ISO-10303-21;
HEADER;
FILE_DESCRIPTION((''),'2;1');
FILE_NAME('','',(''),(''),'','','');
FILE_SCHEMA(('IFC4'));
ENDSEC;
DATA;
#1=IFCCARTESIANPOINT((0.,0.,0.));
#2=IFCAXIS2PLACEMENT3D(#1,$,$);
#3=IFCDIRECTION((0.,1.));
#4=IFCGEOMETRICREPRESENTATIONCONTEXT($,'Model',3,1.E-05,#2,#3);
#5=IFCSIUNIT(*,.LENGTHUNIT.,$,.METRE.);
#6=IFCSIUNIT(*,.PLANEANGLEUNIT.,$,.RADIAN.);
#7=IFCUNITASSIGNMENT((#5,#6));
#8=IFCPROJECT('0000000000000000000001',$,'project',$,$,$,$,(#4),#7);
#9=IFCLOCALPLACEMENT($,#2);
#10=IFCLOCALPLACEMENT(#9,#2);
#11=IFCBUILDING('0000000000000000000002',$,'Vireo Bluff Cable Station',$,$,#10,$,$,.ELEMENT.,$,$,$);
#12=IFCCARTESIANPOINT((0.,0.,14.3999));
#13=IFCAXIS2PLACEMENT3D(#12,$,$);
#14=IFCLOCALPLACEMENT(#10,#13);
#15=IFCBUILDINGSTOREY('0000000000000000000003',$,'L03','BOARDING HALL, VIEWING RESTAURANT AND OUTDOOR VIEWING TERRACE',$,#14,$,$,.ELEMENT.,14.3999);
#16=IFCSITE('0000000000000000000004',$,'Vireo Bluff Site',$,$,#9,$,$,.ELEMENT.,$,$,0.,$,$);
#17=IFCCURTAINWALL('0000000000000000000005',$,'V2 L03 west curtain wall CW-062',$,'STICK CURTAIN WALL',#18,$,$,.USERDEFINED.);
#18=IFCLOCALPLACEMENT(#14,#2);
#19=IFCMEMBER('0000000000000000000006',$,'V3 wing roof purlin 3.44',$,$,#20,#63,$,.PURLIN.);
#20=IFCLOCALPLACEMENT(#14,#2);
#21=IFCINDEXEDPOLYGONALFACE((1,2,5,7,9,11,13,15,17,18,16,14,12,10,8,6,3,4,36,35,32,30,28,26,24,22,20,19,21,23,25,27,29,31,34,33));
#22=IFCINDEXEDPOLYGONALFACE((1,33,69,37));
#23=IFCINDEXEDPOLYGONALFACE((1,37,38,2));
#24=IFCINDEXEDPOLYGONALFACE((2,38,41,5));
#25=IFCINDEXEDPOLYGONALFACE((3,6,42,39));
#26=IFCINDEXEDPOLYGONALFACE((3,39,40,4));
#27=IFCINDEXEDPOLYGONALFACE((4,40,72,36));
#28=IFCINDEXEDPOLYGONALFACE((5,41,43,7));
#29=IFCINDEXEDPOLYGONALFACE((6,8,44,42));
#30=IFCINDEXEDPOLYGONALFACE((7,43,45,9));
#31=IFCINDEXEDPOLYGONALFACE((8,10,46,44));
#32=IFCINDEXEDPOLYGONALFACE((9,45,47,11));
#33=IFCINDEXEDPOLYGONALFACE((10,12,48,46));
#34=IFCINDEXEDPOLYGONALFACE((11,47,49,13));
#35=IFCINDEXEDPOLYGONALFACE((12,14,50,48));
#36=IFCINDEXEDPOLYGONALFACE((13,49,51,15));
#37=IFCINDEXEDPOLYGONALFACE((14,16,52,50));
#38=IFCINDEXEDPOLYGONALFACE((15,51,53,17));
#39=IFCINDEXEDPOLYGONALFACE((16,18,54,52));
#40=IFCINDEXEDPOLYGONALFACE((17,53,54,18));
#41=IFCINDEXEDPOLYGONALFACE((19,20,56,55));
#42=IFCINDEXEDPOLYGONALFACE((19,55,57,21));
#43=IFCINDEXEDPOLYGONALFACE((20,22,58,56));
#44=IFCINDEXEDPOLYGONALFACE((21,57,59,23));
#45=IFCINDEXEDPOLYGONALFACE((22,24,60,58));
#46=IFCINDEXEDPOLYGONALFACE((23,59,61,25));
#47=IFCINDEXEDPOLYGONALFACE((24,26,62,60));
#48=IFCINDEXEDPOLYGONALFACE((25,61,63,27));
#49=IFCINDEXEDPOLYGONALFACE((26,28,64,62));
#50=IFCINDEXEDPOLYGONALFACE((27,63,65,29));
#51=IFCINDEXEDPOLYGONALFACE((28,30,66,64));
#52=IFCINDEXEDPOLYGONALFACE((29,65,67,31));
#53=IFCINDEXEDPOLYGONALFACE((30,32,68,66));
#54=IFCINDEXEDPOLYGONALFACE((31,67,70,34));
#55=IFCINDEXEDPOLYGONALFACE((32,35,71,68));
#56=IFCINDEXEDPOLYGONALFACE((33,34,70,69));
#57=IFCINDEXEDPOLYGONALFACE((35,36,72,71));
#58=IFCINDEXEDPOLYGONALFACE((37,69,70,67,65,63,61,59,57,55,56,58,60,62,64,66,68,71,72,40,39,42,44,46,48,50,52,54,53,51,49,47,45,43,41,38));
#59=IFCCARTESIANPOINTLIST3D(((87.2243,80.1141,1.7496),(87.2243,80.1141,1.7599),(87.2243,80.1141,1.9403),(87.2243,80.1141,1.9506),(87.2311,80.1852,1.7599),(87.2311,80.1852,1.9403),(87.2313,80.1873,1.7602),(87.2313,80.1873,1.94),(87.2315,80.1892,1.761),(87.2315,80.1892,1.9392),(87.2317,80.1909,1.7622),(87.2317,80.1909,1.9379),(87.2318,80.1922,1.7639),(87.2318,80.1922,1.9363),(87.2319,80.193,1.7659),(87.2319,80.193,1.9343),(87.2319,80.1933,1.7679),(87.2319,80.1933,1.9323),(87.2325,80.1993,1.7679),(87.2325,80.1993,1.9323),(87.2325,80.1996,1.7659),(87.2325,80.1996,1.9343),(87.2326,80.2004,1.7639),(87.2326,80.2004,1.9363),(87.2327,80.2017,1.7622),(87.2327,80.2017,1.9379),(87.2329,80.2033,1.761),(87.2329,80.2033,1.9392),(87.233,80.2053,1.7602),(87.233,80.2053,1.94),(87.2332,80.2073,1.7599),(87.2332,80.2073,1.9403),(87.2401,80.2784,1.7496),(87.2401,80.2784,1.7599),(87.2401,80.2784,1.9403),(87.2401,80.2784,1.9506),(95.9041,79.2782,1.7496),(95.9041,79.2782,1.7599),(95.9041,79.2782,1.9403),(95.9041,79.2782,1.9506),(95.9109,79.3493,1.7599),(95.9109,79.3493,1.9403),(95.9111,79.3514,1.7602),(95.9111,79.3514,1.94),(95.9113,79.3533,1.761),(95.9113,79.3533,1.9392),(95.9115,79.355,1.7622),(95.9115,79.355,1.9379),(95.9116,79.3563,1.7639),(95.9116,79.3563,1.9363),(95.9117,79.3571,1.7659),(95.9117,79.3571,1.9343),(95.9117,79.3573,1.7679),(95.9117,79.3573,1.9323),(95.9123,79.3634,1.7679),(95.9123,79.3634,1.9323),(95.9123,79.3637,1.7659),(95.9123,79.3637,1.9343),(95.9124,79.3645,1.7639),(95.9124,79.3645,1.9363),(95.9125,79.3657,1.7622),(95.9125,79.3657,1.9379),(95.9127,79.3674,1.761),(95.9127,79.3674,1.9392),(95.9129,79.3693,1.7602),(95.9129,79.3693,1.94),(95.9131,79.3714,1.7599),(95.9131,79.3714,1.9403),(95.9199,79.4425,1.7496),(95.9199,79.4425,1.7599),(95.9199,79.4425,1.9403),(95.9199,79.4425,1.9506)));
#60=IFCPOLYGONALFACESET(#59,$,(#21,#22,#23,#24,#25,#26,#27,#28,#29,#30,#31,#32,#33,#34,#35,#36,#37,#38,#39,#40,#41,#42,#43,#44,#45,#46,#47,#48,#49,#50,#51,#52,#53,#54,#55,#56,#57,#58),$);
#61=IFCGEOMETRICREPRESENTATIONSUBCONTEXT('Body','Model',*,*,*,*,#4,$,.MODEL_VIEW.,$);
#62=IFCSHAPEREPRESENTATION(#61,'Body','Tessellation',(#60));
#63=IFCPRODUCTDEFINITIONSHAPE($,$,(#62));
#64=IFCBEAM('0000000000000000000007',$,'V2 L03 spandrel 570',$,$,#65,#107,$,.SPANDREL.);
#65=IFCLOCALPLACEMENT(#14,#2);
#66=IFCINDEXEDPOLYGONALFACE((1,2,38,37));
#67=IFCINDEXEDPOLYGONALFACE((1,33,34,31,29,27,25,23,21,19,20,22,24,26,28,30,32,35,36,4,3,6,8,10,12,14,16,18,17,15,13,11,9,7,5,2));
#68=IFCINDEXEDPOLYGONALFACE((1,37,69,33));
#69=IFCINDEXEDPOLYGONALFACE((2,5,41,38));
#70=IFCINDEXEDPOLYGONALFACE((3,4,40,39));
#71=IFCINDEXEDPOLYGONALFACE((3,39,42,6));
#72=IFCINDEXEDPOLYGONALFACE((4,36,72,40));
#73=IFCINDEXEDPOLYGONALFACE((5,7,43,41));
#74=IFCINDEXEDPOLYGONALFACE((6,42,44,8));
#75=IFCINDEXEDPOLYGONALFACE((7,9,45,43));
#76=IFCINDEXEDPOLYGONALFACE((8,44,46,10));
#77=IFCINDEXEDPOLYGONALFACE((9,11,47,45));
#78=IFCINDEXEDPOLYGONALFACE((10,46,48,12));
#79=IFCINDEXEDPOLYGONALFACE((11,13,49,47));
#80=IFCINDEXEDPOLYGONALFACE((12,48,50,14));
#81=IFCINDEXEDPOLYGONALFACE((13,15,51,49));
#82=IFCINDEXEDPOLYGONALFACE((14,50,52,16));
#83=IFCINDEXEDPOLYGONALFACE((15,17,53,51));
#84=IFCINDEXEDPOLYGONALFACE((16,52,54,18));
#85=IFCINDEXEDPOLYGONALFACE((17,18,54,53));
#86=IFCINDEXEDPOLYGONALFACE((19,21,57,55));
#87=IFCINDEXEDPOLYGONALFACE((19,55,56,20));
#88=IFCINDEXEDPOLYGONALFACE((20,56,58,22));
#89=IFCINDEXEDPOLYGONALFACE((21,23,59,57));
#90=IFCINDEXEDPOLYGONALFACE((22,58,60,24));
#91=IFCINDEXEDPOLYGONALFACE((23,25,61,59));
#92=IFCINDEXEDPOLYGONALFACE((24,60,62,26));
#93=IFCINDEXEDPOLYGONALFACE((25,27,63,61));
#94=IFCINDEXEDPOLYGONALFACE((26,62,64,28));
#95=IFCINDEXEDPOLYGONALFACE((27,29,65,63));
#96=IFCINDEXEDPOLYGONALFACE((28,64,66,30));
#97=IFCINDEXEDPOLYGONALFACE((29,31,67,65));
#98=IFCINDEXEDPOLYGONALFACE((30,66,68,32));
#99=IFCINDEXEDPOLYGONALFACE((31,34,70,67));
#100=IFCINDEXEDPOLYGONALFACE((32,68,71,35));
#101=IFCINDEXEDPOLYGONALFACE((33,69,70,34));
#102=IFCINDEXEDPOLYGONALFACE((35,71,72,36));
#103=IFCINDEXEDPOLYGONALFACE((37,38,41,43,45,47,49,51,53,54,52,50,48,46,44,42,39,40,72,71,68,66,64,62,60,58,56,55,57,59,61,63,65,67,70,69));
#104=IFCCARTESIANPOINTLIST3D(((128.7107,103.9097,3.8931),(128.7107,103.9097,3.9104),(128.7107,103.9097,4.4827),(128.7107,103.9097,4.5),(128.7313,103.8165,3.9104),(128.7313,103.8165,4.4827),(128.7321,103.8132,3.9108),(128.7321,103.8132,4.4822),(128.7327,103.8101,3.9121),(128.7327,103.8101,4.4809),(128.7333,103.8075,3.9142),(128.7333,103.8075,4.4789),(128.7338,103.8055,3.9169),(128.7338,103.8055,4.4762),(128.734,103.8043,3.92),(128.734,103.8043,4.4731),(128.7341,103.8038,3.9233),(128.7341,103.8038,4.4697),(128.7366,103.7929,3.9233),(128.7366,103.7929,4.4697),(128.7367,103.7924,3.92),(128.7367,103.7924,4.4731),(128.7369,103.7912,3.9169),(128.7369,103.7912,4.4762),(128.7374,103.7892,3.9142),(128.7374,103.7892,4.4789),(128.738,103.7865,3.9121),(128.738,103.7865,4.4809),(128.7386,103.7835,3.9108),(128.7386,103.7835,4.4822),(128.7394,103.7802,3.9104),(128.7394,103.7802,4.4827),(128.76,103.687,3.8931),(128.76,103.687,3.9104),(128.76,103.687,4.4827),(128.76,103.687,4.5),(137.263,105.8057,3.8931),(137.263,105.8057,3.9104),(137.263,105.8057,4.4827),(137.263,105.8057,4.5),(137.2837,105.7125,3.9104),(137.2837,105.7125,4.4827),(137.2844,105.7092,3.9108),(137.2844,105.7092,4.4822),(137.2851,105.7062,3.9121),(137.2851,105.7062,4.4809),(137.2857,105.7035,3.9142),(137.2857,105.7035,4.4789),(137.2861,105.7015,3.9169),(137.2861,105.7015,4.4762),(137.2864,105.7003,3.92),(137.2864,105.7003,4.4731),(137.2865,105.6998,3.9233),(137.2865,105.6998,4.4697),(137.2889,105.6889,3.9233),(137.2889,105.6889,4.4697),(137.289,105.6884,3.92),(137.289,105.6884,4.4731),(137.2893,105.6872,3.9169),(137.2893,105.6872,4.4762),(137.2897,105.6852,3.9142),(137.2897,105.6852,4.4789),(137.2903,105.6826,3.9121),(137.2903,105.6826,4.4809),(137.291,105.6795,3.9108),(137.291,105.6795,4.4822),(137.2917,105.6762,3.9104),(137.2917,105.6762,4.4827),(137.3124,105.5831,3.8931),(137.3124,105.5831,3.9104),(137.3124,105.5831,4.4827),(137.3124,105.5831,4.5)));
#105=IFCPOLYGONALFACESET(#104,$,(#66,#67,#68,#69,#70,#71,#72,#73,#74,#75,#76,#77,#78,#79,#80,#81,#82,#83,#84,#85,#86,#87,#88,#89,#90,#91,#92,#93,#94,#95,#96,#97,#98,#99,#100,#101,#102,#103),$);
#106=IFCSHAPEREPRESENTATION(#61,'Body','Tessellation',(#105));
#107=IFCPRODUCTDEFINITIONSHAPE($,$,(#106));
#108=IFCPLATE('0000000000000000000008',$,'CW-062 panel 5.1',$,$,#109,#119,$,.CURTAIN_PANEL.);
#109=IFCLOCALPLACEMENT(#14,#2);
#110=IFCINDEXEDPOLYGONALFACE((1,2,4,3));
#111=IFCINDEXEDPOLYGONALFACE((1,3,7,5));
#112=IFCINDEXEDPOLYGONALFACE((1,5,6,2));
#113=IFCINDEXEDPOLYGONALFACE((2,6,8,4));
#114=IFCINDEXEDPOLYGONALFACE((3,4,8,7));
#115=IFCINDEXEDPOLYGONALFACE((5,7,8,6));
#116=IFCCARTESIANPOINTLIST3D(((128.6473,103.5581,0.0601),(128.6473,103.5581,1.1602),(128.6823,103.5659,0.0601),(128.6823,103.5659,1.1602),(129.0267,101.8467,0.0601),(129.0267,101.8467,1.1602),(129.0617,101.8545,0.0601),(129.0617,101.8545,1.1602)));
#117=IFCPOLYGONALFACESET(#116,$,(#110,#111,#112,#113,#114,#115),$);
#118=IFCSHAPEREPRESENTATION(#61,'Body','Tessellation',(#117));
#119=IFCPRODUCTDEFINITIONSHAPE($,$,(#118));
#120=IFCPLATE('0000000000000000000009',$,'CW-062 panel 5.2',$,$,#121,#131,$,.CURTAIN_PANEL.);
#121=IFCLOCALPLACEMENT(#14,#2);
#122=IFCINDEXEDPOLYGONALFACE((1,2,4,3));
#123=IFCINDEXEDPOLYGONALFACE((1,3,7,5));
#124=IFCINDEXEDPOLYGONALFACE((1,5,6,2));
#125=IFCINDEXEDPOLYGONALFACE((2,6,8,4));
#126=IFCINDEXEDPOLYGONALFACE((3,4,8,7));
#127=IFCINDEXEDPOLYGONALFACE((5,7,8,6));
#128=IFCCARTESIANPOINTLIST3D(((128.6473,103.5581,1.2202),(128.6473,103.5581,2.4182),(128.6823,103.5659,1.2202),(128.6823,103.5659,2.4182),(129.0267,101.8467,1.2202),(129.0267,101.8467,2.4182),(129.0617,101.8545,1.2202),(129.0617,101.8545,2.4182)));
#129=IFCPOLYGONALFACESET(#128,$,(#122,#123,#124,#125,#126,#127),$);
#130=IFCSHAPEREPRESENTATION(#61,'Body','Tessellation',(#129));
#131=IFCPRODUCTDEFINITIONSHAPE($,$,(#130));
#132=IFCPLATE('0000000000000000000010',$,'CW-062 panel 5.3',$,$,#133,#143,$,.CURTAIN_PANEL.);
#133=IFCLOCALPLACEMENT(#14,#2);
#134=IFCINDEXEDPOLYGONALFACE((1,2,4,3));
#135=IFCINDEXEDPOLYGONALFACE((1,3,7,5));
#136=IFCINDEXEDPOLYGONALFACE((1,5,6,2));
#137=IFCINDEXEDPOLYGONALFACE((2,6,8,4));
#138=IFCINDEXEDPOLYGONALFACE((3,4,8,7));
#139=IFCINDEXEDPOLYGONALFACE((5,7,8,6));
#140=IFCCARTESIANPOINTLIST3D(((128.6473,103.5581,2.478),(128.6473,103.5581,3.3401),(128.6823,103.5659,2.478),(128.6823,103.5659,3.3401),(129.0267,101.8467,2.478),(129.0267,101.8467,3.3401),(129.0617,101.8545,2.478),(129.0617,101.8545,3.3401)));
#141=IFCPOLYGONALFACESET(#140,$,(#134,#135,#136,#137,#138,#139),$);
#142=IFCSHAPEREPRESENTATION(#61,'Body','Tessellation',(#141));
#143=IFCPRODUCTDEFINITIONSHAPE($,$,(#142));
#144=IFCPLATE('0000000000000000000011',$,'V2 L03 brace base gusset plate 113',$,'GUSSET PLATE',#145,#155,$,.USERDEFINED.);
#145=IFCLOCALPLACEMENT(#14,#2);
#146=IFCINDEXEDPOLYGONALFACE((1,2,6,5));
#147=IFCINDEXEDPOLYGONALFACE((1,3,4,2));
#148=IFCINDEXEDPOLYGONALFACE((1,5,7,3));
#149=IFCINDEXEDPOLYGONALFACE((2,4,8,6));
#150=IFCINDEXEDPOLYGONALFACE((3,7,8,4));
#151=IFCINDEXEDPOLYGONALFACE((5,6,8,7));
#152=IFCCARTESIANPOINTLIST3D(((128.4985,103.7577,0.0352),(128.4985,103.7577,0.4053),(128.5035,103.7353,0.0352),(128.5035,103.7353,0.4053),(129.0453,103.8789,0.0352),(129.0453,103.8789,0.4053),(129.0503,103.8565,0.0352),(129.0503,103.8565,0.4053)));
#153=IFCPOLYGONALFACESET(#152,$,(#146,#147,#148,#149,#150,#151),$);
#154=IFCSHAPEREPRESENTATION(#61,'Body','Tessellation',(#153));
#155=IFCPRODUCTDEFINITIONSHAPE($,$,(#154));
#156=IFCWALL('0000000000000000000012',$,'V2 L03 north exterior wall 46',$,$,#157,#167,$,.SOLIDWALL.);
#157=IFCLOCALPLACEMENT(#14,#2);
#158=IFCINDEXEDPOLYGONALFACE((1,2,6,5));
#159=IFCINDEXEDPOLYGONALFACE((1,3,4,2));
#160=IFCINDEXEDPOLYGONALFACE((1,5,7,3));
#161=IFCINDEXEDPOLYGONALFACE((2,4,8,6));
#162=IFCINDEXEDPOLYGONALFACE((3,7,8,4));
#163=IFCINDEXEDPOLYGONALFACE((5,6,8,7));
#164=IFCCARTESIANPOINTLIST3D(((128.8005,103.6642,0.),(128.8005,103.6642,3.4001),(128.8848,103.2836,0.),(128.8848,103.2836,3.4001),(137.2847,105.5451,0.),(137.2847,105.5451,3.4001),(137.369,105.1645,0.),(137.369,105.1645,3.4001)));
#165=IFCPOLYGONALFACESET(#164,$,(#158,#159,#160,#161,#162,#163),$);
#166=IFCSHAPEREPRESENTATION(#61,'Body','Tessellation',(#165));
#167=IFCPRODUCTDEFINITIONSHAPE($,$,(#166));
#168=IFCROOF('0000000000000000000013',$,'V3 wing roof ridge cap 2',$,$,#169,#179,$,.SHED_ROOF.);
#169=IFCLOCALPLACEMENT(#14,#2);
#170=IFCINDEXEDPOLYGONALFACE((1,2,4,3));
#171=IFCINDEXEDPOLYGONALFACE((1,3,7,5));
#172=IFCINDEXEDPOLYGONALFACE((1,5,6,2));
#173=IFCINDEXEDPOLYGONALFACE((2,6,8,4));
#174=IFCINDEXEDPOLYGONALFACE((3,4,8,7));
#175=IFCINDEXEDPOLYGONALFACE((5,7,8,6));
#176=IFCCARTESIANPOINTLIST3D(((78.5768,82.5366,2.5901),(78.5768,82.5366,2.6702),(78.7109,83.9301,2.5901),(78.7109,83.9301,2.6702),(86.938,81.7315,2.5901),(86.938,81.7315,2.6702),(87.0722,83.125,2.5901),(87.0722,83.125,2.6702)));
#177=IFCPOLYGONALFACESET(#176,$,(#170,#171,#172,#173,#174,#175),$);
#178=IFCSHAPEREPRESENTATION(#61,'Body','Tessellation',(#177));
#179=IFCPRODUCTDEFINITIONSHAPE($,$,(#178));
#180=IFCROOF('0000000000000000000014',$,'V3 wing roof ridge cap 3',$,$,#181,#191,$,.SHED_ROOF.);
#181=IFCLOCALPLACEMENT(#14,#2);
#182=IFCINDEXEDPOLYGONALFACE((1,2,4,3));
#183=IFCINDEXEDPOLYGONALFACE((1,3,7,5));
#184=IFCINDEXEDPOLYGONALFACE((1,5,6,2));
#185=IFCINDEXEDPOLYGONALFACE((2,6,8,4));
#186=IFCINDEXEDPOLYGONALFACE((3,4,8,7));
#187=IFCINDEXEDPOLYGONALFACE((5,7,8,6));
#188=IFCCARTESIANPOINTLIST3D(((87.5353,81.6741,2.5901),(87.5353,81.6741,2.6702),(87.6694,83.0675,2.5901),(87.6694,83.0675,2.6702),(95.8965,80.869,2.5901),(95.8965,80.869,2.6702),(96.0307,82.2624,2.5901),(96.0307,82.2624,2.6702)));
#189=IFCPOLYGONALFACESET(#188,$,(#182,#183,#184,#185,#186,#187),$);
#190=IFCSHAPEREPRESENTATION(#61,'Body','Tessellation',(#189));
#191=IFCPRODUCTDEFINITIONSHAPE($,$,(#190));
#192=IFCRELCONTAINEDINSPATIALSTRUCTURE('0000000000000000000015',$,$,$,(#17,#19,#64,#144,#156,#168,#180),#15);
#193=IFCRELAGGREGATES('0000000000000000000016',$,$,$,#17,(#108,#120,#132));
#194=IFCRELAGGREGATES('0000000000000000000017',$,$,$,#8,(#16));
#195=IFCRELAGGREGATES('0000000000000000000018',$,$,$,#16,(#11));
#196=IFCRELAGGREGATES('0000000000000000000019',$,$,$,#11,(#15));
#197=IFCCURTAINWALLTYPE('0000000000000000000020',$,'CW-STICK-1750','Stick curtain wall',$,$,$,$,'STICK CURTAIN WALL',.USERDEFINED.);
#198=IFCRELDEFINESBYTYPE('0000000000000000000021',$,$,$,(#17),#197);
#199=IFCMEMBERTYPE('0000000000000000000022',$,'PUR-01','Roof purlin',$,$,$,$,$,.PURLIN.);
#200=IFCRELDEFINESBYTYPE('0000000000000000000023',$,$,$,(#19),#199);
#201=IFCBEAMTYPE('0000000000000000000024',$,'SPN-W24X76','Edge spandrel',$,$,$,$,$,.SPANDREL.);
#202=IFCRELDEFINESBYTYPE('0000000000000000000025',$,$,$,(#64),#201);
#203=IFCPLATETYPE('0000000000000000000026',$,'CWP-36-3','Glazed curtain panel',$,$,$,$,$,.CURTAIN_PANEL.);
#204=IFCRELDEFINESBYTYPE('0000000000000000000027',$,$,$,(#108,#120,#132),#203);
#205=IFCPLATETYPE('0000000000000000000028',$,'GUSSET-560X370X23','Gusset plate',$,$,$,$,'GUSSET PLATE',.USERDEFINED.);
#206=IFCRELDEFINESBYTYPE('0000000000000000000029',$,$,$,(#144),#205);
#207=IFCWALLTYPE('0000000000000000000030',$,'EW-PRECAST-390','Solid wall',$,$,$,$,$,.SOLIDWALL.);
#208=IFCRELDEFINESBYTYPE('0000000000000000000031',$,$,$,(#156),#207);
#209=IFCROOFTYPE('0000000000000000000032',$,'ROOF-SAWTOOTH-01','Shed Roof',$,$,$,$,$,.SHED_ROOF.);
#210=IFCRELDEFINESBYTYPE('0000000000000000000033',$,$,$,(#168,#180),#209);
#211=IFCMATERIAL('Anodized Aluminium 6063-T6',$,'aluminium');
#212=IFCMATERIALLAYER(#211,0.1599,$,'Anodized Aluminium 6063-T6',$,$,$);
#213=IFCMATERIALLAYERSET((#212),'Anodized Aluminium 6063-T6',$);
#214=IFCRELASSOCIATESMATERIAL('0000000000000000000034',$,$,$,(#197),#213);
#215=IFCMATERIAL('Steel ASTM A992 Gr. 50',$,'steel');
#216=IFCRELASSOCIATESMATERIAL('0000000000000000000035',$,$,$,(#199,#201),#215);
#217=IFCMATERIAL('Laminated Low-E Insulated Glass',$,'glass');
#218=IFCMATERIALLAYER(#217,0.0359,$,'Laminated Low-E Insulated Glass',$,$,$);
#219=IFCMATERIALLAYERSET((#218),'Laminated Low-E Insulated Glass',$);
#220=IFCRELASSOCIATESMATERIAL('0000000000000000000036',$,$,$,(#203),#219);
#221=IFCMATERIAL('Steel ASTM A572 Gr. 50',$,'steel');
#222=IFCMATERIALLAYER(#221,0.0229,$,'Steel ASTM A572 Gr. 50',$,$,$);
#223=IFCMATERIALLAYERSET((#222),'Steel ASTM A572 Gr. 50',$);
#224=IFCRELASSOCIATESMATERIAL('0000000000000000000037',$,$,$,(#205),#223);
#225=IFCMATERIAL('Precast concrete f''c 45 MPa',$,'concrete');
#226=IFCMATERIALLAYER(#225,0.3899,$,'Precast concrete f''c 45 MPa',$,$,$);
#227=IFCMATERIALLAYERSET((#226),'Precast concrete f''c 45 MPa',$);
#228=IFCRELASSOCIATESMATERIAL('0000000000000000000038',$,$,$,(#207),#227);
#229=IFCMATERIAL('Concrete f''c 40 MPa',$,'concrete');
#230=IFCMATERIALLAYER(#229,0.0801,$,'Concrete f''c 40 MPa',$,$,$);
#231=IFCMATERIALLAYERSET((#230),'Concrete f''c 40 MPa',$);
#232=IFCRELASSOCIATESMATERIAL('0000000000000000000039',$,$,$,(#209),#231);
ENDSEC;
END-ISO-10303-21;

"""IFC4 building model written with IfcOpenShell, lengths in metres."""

from ifc_helpers import new_model, si_unit, direction, frame, frame_2d, origin, origin_2d, place, context, subcontext, project, spatial, rectangle, i_section, extrude, material, layer, layer_set, material_profile, profile_set, type_object, element, aggregate, save


model = new_model("IFC4")

# Units and contexts
model_context = context("Model", 3, precision=1e-05, world=origin(), true_north=direction((0.0, 1.0)))
body_context = subcontext(model_context, "Body", "Model", "MODEL_VIEW")
ifc_project = project(units=[si_unit("LENGTHUNIT", "METRE"), si_unit("PLANEANGLEUNIT", "RADIAN")], contexts=[model_context])

# Site, building, storey
site_placement = place(None, origin())
site = spatial("IfcSite", under=ifc_project, at=site_placement, Name="Vireo Bluff Site", CompositionType="ELEMENT", RefElevation=0.0)
building_placement = place(site_placement, origin())
building = spatial("IfcBuilding", under=site, at=building_placement, Name="Vireo Bluff Cable Station", CompositionType="ELEMENT")
storey_placement = place(building_placement, frame((0.0, 0.0, 14.3999)))
storey = spatial("IfcBuildingStorey", under=building, at=storey_placement, Name="L03", Description="BOARDING HALL, VIEWING RESTAURANT AND OUTDOOR VIEWING TERRACE", CompositionType="ELEMENT", Elevation=14.3999)

# Shared definitions
ifc_material_1 = material(Name="Steel ASTM A992 Gr. 50", Category="steel")

# Curtain wall
ifc_material_2 = material(Name="Anodized Aluminium 6063-T6", Category="aluminium")
ifc_layer_1 = layer(ifc_material_2, 0.1599, Name="Anodized Aluminium 6063-T6")
ifc_layer_set_1 = layer_set([ifc_layer_1], Name="Anodized Aluminium 6063-T6")
curtain_wall_type = type_object("IfcCurtainWallType", Name="CW-STICK-1750", Description="Stick curtain wall", ElementType="STICK CURTAIN WALL", PredefinedType="USERDEFINED", material=ifc_layer_set_1)
curtain_wall_placement = place(storey_placement, origin())
curtain_wall = element("IfcCurtainWall", 1, at=curtain_wall_placement, inside=storey, type_object=curtain_wall_type, Name="V2 L03 west curtain wall CW-062", ObjectType="STICK CURTAIN WALL", PredefinedType="USERDEFINED")

# Member
ifc_material_profile_1 = material_profile(ifc_material_1, i_section(OverallWidth=0.165, OverallDepth=0.2009, WebThickness=0.0061, FlangeThickness=0.0103, FilletRadius=0.0081, at=origin_2d()), Name="W8X24")
ifc_profile_set_1 = profile_set([ifc_material_profile_1], Name="Steel ASTM A992 Gr. 50")
member_type_1 = type_object("IfcMemberType", Name="PUR-01", Description="Roof purlin", PredefinedType="PURLIN", material=ifc_profile_set_1)
member_1_placement = place(storey_placement, frame((87.2322, 80.1963, 1.8501), z_axis=(0.995395, -0.095863, 0.0), x_axis=(0.095863, 0.995395, 0.0)))
element("IfcMember", 2, at=member_1_placement, inside=storey, type_object=member_type_1, Name="V3 wing roof purlin 3.44", PredefinedType="PURLIN", context=body_context, shape_type="SweptSolid", body=[
    extrude(i_section(OverallWidth=0.165, OverallDepth=0.2009, WebThickness=0.0061, FlangeThickness=0.0103, FilletRadius=0.0081, at=origin_2d()), origin(), (0.0, 0.0, 1.0), 8.72),
])

# Beam
ifc_material_profile_2 = material_profile(ifc_material_1, i_section(OverallWidth=0.228, OverallDepth=0.6069, WebThickness=0.0112, FlangeThickness=0.0173, FilletRadius=0.0129, at=origin_2d()), Name="W24X76")
ifc_profile_set_2 = profile_set([ifc_material_profile_2], Name="Steel ASTM A992 Gr. 50")
beam_type_1 = type_object("IfcBeamType", Name="SPN-W24X76", Description="Edge spandrel", PredefinedType="SPANDREL", material=ifc_profile_set_2)
beam_1_placement = place(storey_placement, frame((128.7354, 103.7983, 4.1965), z_axis=(0.976296, 0.216441, 0.0), x_axis=(-0.216441, 0.976296, 0.0)))
element("IfcBeam", 3, at=beam_1_placement, inside=storey, type_object=beam_type_1, Name="V2 L03 spandrel 570", PredefinedType="SPANDREL", context=body_context, shape_type="SweptSolid", body=[
    extrude(i_section(OverallWidth=0.228, OverallDepth=0.6069, WebThickness=0.0112, FlangeThickness=0.0173, FilletRadius=0.0129, at=origin_2d()), origin(), (0.0, 0.0, 1.0), 8.76),
])

# Plates
ifc_material_3 = material(Name="Laminated Low-E Insulated Glass", Category="glass")
ifc_layer_2 = layer(ifc_material_3, 0.0359, Name="Laminated Low-E Insulated Glass")
ifc_layer_set_2 = layer_set([ifc_layer_2], Name="Laminated Low-E Insulated Glass")
plate_type_1 = type_object("IfcPlateType", Name="CWP-36-3", Description="Glazed curtain panel", PredefinedType="CURTAIN_PANEL", material=ifc_layer_set_2)
plate_1_placement = place(storey_placement, frame((128.8545, 102.7063, 0.0601), z_axis=(0.0, 0.0, 1.0), x_axis=(-0.21644, 0.976296, 0.0)))
plate_1 = element("IfcPlate", 4, at=plate_1_placement, type_object=plate_type_1, Name="CW-062 panel 5.1", PredefinedType="CURTAIN_PANEL", context=body_context, shape_type="SweptSolid", body=[
    extrude(rectangle(XDim=1.7529, YDim=0.0359, at=origin_2d()), origin(), (0.0, 0.0, 1.0), 1.1001),
])
plate_2_placement = place(storey_placement, frame((128.8545, 102.7063, 1.2202), z_axis=(0.0, 0.0, 1.0), x_axis=(-0.21644, 0.976296, 0.0)))
plate_2 = element("IfcPlate", 5, at=plate_2_placement, type_object=plate_type_1, Name="CW-062 panel 5.2", PredefinedType="CURTAIN_PANEL", context=body_context, shape_type="SweptSolid", body=[
    extrude(rectangle(XDim=1.7529, YDim=0.0359, at=origin_2d()), origin(), (0.0, 0.0, 1.0), 1.198),
])
plate_3_placement = place(storey_placement, frame((128.8545, 102.7063, 2.478), z_axis=(0.0, 0.0, 1.0), x_axis=(-0.21644, 0.976296, 0.0)))
plate_3 = element("IfcPlate", 6, at=plate_3_placement, type_object=plate_type_1, Name="CW-062 panel 5.3", PredefinedType="CURTAIN_PANEL", context=body_context, shape_type="SweptSolid", body=[
    extrude(rectangle(XDim=1.7529, YDim=0.0359, at=origin_2d()), origin(), (0.0, 0.0, 1.0), 0.8621),
])
aggregate(curtain_wall, [plate_1, plate_2, plate_3])
ifc_material_4 = material(Name="Steel ASTM A572 Gr. 50", Category="steel")
ifc_layer_3 = layer(ifc_material_4, 0.0229, Name="Steel ASTM A572 Gr. 50")
ifc_layer_set_3 = layer_set([ifc_layer_3], Name="Steel ASTM A572 Gr. 50")
plate_type_2 = type_object("IfcPlateType", Name="GUSSET-560X370X23", Description="Gusset plate", ElementType="GUSSET PLATE", PredefinedType="USERDEFINED", material=ifc_layer_set_3)
plate_4_placement = place(storey_placement, frame((128.7744, 103.8071, 0.0352), z_axis=(0.0, 0.0, 1.0), x_axis=(0.976296, 0.21644, 0.0)))
element("IfcPlate", 7, at=plate_4_placement, inside=storey, type_object=plate_type_2, Name="V2 L03 brace base gusset plate 113", ObjectType="GUSSET PLATE", PredefinedType="USERDEFINED", context=body_context, shape_type="SweptSolid", body=[
    extrude(rectangle(XDim=0.5601, YDim=0.0229, at=origin_2d()), origin(), (0.0, 0.0, 1.0), 0.3701),
])

# Wall
ifc_material_5 = material(Name="Precast concrete f'c 45 MPa", Category="concrete")
ifc_layer_4 = layer(ifc_material_5, 0.3899, Name="Precast concrete f'c 45 MPa")
ifc_layer_set_4 = layer_set([ifc_layer_4], Name="Precast concrete f'c 45 MPa")
wall_type = type_object("IfcWallType", Name="EW-PRECAST-390", Description="Solid wall", PredefinedType="SOLIDWALL", material=ifc_layer_set_4)
wall_placement = place(storey_placement, frame((128.8425, 103.4739, 0.0), z_axis=(0.0, 0.0, 1.0), x_axis=(0.976297, 0.216437, 0.0)))
element("IfcWall", 8, at=wall_placement, inside=storey, type_object=wall_type, Name="V2 L03 north exterior wall 46", PredefinedType="SOLIDWALL", context=body_context, shape_type="SweptSolid", body=[
    extrude(rectangle(XDim=8.6902, YDim=0.3899, at=frame_2d((4.3452, 0.0))), origin(), (0.0, 0.0, 1.0), 3.4001),
])

# Roofs
ifc_material_6 = material(Name="Concrete f'c 40 MPa", Category="concrete")
ifc_layer_5 = layer(ifc_material_6, 0.0801, Name="Concrete f'c 40 MPa")
ifc_layer_set_5 = layer_set([ifc_layer_5], Name="Concrete f'c 40 MPa")
roof_type = type_object("IfcRoofType", Name="ROOF-SAWTOOTH-01", Description="Shed Roof", PredefinedType="SHED_ROOF", material=ifc_layer_set_5)
for number, where, z_axis, x_axis, name in (
    (9, (82.8245, 82.8308, 2.5901), (0.0, 0.0, 1.0), (0.995396, -0.095846, 0.0), "V3 wing roof ridge cap 2"),
    (10, (91.783, 81.9683, 2.5901), (0.0, 0.0, 1.0), (0.995396, -0.095846, 0.0), "V3 wing roof ridge cap 3"),
):
    element("IfcRoof", number, at=place(storey_placement, frame(where, z_axis=z_axis, x_axis=x_axis)), inside=storey, type_object=roof_type, Name=name, PredefinedType="SHED_ROOF", context=body_context, shape_type="SweptSolid", body=[
        extrude(rectangle(XDim=8.3999, YDim=1.3999, at=origin_2d()), origin(), (0.0, 0.0, 1.0), 0.0801),
    ])

save(model, "model.ifc")
